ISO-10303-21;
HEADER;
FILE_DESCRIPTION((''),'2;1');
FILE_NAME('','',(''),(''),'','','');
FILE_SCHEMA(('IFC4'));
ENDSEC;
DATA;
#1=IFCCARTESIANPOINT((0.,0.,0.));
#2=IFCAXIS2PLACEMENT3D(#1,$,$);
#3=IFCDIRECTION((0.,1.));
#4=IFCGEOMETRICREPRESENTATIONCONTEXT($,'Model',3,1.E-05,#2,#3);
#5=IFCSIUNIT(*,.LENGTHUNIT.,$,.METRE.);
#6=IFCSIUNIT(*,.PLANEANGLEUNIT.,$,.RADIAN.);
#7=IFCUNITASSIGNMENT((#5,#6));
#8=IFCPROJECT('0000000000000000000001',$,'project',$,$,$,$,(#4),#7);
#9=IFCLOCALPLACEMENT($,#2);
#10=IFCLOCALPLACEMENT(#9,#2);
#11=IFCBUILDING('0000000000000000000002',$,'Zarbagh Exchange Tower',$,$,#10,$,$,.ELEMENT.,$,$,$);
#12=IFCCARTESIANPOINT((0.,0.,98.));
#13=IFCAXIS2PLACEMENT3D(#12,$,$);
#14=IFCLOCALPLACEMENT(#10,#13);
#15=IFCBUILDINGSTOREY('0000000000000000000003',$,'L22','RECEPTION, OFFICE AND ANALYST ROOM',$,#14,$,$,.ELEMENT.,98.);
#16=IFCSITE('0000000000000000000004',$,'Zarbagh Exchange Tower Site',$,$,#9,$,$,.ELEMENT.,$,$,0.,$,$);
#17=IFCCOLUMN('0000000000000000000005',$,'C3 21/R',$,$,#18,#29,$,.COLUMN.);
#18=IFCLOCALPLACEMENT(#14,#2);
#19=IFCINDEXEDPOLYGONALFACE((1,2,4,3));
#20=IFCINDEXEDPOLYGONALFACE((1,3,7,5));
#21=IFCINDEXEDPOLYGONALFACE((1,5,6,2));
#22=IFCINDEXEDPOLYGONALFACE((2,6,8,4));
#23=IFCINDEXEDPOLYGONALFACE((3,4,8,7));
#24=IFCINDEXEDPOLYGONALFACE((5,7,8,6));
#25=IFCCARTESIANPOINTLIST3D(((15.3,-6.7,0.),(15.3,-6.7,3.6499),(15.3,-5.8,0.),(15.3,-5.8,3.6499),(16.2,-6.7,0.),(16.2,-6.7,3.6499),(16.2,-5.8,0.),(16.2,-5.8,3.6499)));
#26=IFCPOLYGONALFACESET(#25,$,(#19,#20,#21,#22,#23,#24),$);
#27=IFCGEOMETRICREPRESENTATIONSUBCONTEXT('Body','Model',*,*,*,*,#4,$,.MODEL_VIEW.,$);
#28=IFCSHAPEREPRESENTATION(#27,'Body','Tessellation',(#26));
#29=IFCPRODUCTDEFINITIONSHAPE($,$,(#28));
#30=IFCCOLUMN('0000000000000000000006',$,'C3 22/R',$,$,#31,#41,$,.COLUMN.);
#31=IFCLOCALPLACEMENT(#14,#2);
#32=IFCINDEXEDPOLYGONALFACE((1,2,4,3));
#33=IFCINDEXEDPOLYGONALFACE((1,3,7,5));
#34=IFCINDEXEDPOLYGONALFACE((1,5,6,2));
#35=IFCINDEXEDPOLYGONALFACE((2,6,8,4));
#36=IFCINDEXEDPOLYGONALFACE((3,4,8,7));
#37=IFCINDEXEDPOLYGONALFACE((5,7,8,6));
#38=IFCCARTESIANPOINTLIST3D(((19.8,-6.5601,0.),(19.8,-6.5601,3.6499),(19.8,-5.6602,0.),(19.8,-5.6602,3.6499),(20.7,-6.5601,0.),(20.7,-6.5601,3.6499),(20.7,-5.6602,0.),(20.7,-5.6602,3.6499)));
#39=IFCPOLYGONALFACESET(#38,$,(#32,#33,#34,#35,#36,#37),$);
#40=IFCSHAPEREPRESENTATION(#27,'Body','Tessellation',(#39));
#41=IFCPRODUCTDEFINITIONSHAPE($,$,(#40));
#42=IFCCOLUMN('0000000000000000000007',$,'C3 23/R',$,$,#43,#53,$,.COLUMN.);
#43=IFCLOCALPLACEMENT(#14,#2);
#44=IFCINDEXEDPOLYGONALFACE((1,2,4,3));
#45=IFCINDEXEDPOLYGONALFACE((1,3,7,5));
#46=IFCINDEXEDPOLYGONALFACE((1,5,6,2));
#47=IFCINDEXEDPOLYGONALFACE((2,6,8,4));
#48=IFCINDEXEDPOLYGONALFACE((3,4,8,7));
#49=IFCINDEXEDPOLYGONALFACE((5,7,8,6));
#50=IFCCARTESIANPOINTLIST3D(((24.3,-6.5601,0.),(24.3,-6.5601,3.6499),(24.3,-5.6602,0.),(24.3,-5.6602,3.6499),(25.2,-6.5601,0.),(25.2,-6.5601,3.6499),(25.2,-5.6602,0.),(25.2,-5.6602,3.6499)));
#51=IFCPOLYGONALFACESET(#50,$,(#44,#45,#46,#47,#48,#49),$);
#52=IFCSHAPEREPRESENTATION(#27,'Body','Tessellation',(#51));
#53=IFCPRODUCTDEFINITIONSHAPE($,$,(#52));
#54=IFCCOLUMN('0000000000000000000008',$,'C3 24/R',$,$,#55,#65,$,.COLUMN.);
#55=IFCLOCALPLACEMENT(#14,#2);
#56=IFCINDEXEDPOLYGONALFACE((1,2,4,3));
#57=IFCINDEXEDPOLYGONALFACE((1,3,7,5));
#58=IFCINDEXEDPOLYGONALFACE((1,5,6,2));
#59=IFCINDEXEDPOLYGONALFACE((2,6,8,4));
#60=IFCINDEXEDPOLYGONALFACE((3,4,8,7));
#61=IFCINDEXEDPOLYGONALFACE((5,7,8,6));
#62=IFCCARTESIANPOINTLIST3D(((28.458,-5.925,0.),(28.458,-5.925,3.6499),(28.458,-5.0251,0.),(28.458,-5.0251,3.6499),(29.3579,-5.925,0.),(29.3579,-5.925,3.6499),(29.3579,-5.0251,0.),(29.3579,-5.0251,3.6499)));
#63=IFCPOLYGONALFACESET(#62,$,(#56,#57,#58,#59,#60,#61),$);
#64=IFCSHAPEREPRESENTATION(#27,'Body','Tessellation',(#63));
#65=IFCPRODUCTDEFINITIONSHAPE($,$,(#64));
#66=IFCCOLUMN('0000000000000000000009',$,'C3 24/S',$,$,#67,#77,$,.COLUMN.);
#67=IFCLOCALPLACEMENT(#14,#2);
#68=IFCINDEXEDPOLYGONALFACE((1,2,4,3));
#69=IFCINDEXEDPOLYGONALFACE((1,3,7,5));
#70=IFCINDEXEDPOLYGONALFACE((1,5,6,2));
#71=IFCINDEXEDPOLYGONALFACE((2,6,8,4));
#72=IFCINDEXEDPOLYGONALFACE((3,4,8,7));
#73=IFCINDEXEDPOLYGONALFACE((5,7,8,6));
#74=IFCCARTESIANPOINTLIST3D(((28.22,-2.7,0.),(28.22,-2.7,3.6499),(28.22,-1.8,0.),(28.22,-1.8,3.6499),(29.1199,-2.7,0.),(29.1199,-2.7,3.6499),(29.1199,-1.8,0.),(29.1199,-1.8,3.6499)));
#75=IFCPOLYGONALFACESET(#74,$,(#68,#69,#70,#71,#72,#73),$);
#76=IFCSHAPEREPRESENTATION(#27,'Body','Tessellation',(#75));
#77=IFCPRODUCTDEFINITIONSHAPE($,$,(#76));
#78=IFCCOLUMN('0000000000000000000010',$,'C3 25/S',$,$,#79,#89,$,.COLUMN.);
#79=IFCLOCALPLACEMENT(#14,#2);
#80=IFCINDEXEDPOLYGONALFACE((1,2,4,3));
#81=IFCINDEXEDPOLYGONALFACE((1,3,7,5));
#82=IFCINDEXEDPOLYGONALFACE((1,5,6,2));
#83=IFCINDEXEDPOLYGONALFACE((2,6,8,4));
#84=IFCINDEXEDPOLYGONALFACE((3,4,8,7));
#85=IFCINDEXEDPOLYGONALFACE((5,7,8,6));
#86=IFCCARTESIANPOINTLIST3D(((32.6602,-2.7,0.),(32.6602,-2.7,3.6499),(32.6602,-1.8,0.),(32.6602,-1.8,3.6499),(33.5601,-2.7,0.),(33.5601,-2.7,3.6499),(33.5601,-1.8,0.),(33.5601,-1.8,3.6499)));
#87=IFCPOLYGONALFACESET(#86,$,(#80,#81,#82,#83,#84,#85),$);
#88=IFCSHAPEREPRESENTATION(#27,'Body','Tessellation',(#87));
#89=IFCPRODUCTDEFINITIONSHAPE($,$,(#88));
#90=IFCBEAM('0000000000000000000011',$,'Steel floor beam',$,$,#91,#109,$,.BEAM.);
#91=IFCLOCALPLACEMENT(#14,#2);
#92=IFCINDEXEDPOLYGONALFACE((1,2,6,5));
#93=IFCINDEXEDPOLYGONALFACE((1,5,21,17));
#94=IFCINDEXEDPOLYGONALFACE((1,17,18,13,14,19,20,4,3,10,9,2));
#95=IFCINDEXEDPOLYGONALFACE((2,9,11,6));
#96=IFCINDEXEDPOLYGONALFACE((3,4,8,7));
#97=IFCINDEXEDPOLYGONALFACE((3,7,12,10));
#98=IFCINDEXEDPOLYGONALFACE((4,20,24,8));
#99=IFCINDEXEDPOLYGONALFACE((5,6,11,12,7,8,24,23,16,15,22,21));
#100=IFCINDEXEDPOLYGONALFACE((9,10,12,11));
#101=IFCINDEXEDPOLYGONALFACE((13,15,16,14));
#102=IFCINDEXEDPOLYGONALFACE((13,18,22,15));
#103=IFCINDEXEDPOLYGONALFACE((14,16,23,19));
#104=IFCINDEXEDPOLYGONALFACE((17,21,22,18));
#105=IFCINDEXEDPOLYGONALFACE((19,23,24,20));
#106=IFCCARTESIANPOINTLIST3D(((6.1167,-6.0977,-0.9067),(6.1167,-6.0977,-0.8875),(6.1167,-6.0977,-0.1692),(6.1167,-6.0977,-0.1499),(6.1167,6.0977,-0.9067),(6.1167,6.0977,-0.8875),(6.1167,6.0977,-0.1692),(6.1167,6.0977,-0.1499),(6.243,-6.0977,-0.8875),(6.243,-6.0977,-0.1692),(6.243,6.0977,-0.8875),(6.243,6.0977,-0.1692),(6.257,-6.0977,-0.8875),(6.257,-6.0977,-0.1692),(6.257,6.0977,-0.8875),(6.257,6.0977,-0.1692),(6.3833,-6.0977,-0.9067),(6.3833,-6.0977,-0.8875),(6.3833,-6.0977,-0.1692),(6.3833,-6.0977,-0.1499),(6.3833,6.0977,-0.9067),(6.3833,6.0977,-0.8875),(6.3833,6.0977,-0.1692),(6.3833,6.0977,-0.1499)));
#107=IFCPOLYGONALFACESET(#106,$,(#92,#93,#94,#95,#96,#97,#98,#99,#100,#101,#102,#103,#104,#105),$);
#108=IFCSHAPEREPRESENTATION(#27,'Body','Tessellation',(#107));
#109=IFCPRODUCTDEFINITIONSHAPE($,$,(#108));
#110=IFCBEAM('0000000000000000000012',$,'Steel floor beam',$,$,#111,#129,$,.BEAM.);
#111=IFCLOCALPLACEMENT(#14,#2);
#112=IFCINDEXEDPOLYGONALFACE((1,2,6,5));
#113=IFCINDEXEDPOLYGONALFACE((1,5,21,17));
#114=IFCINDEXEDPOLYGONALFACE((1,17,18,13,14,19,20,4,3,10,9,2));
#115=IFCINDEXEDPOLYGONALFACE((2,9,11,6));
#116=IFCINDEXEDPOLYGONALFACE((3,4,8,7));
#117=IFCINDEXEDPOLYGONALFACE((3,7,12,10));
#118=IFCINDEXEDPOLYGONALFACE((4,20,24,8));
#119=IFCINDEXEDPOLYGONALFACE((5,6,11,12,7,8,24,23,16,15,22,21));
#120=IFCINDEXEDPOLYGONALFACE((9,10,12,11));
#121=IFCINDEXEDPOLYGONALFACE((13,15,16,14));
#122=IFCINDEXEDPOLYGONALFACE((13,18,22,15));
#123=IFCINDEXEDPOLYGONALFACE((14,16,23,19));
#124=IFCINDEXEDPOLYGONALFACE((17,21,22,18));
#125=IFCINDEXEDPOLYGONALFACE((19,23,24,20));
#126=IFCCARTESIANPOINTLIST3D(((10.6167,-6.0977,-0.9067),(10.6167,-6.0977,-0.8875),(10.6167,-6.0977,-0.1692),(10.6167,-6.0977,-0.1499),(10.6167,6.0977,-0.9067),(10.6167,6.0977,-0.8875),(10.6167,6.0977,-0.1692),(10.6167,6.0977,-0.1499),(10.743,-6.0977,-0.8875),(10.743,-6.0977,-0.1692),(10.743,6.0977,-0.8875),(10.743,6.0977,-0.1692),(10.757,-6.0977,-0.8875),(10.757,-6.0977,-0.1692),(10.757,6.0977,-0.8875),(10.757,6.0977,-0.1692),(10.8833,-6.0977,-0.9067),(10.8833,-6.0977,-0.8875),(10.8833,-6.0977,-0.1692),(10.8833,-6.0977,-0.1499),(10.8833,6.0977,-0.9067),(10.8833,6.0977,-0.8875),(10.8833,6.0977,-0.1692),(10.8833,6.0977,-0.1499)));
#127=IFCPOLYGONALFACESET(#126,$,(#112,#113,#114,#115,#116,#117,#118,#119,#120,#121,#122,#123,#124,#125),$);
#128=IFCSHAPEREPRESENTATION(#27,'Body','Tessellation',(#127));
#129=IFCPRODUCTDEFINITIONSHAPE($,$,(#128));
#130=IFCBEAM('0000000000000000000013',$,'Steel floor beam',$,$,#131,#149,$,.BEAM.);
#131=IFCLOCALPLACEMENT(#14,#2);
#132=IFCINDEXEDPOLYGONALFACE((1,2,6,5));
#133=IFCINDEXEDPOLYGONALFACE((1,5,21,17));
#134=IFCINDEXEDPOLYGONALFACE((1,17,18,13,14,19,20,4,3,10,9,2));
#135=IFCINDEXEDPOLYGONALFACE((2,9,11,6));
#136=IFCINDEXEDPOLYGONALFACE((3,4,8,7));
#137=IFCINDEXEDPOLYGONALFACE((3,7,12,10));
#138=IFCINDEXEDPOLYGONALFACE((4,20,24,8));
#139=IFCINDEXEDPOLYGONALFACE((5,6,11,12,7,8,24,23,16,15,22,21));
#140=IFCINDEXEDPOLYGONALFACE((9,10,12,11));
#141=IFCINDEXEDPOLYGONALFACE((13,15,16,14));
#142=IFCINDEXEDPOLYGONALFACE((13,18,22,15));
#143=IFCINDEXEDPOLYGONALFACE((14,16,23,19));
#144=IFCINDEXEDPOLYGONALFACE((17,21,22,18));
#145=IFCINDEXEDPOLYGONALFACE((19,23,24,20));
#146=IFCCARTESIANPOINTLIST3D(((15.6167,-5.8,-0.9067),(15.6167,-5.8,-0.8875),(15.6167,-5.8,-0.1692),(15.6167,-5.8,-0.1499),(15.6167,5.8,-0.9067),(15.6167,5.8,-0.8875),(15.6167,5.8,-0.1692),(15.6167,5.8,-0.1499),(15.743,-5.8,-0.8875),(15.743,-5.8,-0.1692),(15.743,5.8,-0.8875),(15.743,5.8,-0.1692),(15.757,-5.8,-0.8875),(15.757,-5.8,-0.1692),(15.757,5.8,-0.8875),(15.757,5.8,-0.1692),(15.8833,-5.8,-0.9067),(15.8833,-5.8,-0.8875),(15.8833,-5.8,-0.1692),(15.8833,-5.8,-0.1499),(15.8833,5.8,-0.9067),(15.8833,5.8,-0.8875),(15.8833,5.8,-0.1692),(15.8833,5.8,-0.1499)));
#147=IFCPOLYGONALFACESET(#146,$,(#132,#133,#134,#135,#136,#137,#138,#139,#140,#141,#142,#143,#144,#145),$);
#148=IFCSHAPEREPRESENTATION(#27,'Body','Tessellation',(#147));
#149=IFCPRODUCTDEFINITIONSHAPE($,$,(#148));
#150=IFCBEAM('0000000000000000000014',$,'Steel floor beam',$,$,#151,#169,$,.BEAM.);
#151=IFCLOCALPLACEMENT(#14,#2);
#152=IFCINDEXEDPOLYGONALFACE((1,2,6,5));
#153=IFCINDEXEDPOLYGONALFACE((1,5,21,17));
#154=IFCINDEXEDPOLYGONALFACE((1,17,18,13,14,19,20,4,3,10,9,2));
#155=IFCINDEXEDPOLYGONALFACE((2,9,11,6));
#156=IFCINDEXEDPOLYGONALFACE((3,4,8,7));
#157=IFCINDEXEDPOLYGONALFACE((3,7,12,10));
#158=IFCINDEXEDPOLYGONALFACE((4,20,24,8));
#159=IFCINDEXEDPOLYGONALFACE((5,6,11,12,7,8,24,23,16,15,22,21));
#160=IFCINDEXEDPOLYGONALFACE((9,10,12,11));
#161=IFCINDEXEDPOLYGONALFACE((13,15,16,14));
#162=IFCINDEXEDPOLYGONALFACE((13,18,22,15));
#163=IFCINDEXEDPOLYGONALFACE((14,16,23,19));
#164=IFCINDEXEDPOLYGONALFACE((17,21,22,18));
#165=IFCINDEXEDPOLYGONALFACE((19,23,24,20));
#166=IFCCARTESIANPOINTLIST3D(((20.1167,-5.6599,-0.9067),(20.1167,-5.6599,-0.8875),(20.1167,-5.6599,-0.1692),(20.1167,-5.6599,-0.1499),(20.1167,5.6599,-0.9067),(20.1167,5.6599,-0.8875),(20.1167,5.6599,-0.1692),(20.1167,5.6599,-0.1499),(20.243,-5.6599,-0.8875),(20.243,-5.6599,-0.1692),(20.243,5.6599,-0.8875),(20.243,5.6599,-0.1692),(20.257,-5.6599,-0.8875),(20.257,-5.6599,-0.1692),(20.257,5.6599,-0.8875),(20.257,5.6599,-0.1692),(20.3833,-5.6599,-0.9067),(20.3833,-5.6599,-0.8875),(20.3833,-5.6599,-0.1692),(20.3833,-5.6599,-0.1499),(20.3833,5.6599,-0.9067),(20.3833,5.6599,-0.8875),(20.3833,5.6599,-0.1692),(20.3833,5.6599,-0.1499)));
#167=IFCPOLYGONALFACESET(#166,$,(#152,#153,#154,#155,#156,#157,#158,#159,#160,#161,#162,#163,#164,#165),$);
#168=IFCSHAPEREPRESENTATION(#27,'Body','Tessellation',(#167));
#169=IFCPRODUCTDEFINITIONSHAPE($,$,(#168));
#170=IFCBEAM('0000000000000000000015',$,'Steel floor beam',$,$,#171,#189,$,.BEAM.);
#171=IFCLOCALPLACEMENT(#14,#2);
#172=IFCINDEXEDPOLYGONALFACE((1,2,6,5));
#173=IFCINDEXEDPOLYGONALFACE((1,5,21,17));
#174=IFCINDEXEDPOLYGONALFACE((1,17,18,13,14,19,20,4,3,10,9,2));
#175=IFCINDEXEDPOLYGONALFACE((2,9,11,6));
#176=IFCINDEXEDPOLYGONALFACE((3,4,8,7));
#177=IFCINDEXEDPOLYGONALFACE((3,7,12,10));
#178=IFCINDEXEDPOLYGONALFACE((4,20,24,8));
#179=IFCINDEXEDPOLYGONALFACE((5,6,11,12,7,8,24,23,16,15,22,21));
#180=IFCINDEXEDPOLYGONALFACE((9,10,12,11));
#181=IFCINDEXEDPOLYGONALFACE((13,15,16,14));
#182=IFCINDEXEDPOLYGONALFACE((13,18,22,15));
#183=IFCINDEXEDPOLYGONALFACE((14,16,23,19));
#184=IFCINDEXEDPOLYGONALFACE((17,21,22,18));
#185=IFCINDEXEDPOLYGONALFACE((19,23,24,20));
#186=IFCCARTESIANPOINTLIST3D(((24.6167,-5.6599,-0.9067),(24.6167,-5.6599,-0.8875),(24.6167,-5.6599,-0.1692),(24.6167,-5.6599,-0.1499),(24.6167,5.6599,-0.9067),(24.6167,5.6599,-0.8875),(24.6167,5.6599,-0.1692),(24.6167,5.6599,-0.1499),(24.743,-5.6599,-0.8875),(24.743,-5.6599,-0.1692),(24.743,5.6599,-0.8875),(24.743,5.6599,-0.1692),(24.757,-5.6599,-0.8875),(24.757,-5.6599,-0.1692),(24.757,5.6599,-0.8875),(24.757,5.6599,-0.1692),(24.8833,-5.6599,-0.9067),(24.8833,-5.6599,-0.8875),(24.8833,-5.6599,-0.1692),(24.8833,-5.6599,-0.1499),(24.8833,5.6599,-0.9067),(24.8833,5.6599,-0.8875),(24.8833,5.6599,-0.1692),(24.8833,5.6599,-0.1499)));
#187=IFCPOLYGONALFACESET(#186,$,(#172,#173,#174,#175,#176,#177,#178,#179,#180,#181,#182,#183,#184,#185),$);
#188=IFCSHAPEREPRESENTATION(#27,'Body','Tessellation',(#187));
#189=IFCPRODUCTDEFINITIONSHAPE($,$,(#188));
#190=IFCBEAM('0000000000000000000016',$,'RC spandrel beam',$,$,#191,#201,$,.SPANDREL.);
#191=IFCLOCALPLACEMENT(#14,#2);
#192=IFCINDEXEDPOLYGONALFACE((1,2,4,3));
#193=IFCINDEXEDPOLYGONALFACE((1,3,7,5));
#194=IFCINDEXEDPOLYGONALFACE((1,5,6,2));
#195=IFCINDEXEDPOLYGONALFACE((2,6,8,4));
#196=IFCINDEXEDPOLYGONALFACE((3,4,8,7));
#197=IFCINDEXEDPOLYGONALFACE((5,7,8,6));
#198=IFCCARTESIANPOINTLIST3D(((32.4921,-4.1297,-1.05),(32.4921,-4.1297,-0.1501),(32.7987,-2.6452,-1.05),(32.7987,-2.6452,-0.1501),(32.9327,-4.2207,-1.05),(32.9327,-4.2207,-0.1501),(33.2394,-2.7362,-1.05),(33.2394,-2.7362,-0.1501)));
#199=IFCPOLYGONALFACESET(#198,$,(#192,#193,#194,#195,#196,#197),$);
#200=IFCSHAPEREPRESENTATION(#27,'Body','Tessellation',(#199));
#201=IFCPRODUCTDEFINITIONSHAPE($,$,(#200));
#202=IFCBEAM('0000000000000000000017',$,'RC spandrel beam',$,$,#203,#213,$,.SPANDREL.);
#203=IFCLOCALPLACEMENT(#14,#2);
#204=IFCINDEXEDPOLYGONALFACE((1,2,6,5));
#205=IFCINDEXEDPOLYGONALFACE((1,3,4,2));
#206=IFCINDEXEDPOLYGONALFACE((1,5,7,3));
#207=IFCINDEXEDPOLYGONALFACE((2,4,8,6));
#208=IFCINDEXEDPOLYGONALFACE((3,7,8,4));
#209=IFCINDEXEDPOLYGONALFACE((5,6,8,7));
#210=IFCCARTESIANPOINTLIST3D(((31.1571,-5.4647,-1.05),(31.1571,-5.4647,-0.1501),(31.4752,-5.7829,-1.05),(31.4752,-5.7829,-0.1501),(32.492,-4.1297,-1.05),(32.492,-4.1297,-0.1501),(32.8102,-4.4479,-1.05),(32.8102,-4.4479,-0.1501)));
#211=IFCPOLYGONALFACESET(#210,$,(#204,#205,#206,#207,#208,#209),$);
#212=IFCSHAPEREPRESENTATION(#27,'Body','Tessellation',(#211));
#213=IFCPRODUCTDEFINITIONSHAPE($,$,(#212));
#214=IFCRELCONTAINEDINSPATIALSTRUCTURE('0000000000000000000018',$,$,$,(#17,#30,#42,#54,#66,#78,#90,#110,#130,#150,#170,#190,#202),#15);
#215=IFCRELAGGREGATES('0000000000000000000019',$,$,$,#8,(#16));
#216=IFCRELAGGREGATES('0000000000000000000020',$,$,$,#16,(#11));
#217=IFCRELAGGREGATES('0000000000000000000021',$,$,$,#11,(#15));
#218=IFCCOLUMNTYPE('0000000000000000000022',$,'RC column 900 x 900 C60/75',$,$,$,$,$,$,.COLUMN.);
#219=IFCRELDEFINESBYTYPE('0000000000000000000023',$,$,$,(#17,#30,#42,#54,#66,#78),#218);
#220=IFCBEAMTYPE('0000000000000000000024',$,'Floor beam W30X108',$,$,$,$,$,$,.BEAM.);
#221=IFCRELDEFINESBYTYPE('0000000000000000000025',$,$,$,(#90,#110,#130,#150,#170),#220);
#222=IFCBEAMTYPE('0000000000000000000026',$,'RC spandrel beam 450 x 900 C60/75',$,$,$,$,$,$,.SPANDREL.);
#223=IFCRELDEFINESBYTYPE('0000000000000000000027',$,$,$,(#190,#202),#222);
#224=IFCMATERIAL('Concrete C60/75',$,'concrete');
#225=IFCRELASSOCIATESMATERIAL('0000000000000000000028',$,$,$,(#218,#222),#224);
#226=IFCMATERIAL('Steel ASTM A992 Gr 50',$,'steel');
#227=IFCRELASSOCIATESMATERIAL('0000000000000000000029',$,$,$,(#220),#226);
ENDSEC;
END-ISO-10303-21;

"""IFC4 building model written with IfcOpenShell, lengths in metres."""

from ifc_helpers import new_model, si_unit, direction, frame, origin, origin_2d, place, context, subcontext, project, spatial, rectangle, i_section, extrude, material, material_profile, profile_set, type_object, element, save


model = new_model("IFC4")

# Units and contexts
model_context = context("Model", 3, precision=1e-05, world=origin(), true_north=direction((0.0, 1.0)))
body_context = subcontext(model_context, "Body", "Model", "MODEL_VIEW")
ifc_project = project(units=[si_unit("LENGTHUNIT", "METRE"), si_unit("PLANEANGLEUNIT", "RADIAN")], contexts=[model_context])

# Site, building, storey
site_placement = place(None, origin())
site = spatial("IfcSite", under=ifc_project, at=site_placement, Name="Zarbagh Exchange Tower Site", CompositionType="ELEMENT", RefElevation=0.0)
building_placement = place(site_placement, origin())
building = spatial("IfcBuilding", under=site, at=building_placement, Name="Zarbagh Exchange Tower", CompositionType="ELEMENT")
storey_placement = place(building_placement, frame((0.0, 0.0, 98.0)))
storey = spatial("IfcBuildingStorey", under=building, at=storey_placement, Name="L22", Description="RECEPTION, OFFICE AND ANALYST ROOM", CompositionType="ELEMENT", Elevation=98.0)

# Columns
ifc_material_1 = material(Name="Concrete C60/75", Category="concrete")
ifc_material_profile_1 = material_profile(ifc_material_1, rectangle(XDim=0.8999, YDim=0.8999, at=origin_2d()), Name="RC column 900 x 900 C60/75")
ifc_profile_set_1 = profile_set([ifc_material_profile_1], Name="Concrete C60/75")
column_type = type_object("IfcColumnType", Name="RC column 900 x 900 C60/75", PredefinedType="COLUMN", material=ifc_profile_set_1)
for number, where, z_axis, x_axis, name in (
    (1, (15.75, -6.25, 0.0), (0.0, 0.0, 1.0), (1.0, 0.0, 0.0), "C3 21/R"),
    (2, (20.25, -6.1101, 0.0), (0.0, 0.0, 1.0), (1.0, 0.0, 0.0), "C3 22/R"),
    (3, (24.75, -6.1101, 0.0), (0.0, 0.0, 1.0), (1.0, 0.0, 0.0), "C3 23/R"),
    (4, (28.908, -5.4751, 0.0), (0.0, 0.0, 1.0), (1.0, 0.0, 0.0), "C3 24/R"),
    (5, (28.6699, -2.25, 0.0), (0.0, 0.0, 1.0), (1.0, 0.0, 0.0), "C3 24/S"),
    (6, (33.1101, -2.25, 0.0), (0.0, 0.0, 1.0), (1.0, 0.0, 0.0), "C3 25/S"),
):
    element("IfcColumn", number, at=place(storey_placement, frame(where, z_axis=z_axis, x_axis=x_axis)), inside=storey, type_object=column_type, Name=name, PredefinedType="COLUMN", context=body_context, shape_type="SweptSolid", body=[
        extrude(rectangle(XDim=0.8999, YDim=0.8999, at=origin_2d()), origin(), (0.0, 0.0, 1.0), 3.6499),
    ])

# Beams
ifc_material_2 = material(Name="Steel ASTM A992 Gr 50", Category="steel")
ifc_material_profile_2 = material_profile(ifc_material_2, i_section(OverallWidth=0.2666, OverallDepth=0.7568, WebThickness=0.0139, FlangeThickness=0.0193, at=origin_2d()), Name="W30X108")
ifc_profile_set_2 = profile_set([ifc_material_profile_2], Name="Steel ASTM A992 Gr 50")
beam_type_1 = type_object("IfcBeamType", Name="Floor beam W30X108", PredefinedType="BEAM", material=ifc_profile_set_2)
for number, where, z_axis, x_axis, name in (
    (7, (6.25, -6.0977, -0.5283), (0.0, 1.0, 0.0), (-1.0, 0.0, 0.0), "Steel floor beam"),
    (8, (10.75, -6.0977, -0.5283), (0.0, 1.0, 0.0), (-1.0, 0.0, 0.0), "Steel floor beam"),
):
    element("IfcBeam", number, at=place(storey_placement, frame(where, z_axis=z_axis, x_axis=x_axis)), inside=storey, type_object=beam_type_1, Name=name, PredefinedType="BEAM", context=body_context, shape_type="SweptSolid", body=[
        extrude(i_section(OverallWidth=0.2666, OverallDepth=0.7568, WebThickness=0.0139, FlangeThickness=0.0193, at=origin_2d()), origin(), (0.0, 0.0, 1.0), 12.1953),
    ])
beam_1_placement = place(storey_placement, frame((15.75, -5.8, -0.5283), z_axis=(0.0, 1.0, 0.0), x_axis=(-1.0, 0.0, 0.0)))
element("IfcBeam", 9, at=beam_1_placement, inside=storey, type_object=beam_type_1, Name="Steel floor beam", PredefinedType="BEAM", context=body_context, shape_type="SweptSolid", body=[
    extrude(i_section(OverallWidth=0.2666, OverallDepth=0.7568, WebThickness=0.0139, FlangeThickness=0.0193, at=origin_2d()), origin(), (0.0, 0.0, 1.0), 11.6001),
])
for number, where, z_axis, x_axis, name in (
    (10, (20.25, -5.6599, -0.5283), (0.0, 1.0, 0.0), (-1.0, 0.0, 0.0), "Steel floor beam"),
    (11, (24.75, -5.6599, -0.5283), (0.0, 1.0, 0.0), (-1.0, 0.0, 0.0), "Steel floor beam"),
):
    element("IfcBeam", number, at=place(storey_placement, frame(where, z_axis=z_axis, x_axis=x_axis)), inside=storey, type_object=beam_type_1, Name=name, PredefinedType="BEAM", context=body_context, shape_type="SweptSolid", body=[
        extrude(i_section(OverallWidth=0.2666, OverallDepth=0.7568, WebThickness=0.0139, FlangeThickness=0.0193, at=origin_2d()), origin(), (0.0, 0.0, 1.0), 11.3198),
    ])
ifc_material_profile_3 = material_profile(ifc_material_1, rectangle(XDim=0.45, YDim=0.8999, at=origin_2d()), Name="RC spandrel beam 450 x 900 C60/75")
ifc_profile_set_3 = profile_set([ifc_material_profile_3], Name="Concrete C60/75")
beam_type_2 = type_object("IfcBeamType", Name="RC spandrel beam 450 x 900 C60/75", PredefinedType="SPANDREL", material=ifc_profile_set_3)
beam_2_placement = place(storey_placement, frame((33.019, -2.6907, -0.6001), z_axis=(-0.202275, -0.979329, 0.0), x_axis=(0.979329, -0.202275, 0.0)))
element("IfcBeam", 12, at=beam_2_placement, inside=storey, type_object=beam_type_2, Name="RC spandrel beam", PredefinedType="SPANDREL", context=body_context, shape_type="SweptSolid", body=[
    extrude(rectangle(XDim=0.45, YDim=0.8999, at=origin_2d()), origin(), (0.0, 0.0, 1.0), 1.5159),
])
beam_3_placement = place(storey_placement, frame((32.6511, -4.2888, -0.6001), z_axis=(-0.707107, -0.707107, 0.0), x_axis=(0.707107, -0.707107, 0.0)))
element("IfcBeam", 13, at=beam_3_placement, inside=storey, type_object=beam_type_2, Name="RC spandrel beam", PredefinedType="SPANDREL", context=body_context, shape_type="SweptSolid", body=[
    extrude(rectangle(XDim=0.45, YDim=0.8999, at=origin_2d()), origin(), (0.0, 0.0, 1.0), 1.8879),
])

save(model, "model.ifc")
